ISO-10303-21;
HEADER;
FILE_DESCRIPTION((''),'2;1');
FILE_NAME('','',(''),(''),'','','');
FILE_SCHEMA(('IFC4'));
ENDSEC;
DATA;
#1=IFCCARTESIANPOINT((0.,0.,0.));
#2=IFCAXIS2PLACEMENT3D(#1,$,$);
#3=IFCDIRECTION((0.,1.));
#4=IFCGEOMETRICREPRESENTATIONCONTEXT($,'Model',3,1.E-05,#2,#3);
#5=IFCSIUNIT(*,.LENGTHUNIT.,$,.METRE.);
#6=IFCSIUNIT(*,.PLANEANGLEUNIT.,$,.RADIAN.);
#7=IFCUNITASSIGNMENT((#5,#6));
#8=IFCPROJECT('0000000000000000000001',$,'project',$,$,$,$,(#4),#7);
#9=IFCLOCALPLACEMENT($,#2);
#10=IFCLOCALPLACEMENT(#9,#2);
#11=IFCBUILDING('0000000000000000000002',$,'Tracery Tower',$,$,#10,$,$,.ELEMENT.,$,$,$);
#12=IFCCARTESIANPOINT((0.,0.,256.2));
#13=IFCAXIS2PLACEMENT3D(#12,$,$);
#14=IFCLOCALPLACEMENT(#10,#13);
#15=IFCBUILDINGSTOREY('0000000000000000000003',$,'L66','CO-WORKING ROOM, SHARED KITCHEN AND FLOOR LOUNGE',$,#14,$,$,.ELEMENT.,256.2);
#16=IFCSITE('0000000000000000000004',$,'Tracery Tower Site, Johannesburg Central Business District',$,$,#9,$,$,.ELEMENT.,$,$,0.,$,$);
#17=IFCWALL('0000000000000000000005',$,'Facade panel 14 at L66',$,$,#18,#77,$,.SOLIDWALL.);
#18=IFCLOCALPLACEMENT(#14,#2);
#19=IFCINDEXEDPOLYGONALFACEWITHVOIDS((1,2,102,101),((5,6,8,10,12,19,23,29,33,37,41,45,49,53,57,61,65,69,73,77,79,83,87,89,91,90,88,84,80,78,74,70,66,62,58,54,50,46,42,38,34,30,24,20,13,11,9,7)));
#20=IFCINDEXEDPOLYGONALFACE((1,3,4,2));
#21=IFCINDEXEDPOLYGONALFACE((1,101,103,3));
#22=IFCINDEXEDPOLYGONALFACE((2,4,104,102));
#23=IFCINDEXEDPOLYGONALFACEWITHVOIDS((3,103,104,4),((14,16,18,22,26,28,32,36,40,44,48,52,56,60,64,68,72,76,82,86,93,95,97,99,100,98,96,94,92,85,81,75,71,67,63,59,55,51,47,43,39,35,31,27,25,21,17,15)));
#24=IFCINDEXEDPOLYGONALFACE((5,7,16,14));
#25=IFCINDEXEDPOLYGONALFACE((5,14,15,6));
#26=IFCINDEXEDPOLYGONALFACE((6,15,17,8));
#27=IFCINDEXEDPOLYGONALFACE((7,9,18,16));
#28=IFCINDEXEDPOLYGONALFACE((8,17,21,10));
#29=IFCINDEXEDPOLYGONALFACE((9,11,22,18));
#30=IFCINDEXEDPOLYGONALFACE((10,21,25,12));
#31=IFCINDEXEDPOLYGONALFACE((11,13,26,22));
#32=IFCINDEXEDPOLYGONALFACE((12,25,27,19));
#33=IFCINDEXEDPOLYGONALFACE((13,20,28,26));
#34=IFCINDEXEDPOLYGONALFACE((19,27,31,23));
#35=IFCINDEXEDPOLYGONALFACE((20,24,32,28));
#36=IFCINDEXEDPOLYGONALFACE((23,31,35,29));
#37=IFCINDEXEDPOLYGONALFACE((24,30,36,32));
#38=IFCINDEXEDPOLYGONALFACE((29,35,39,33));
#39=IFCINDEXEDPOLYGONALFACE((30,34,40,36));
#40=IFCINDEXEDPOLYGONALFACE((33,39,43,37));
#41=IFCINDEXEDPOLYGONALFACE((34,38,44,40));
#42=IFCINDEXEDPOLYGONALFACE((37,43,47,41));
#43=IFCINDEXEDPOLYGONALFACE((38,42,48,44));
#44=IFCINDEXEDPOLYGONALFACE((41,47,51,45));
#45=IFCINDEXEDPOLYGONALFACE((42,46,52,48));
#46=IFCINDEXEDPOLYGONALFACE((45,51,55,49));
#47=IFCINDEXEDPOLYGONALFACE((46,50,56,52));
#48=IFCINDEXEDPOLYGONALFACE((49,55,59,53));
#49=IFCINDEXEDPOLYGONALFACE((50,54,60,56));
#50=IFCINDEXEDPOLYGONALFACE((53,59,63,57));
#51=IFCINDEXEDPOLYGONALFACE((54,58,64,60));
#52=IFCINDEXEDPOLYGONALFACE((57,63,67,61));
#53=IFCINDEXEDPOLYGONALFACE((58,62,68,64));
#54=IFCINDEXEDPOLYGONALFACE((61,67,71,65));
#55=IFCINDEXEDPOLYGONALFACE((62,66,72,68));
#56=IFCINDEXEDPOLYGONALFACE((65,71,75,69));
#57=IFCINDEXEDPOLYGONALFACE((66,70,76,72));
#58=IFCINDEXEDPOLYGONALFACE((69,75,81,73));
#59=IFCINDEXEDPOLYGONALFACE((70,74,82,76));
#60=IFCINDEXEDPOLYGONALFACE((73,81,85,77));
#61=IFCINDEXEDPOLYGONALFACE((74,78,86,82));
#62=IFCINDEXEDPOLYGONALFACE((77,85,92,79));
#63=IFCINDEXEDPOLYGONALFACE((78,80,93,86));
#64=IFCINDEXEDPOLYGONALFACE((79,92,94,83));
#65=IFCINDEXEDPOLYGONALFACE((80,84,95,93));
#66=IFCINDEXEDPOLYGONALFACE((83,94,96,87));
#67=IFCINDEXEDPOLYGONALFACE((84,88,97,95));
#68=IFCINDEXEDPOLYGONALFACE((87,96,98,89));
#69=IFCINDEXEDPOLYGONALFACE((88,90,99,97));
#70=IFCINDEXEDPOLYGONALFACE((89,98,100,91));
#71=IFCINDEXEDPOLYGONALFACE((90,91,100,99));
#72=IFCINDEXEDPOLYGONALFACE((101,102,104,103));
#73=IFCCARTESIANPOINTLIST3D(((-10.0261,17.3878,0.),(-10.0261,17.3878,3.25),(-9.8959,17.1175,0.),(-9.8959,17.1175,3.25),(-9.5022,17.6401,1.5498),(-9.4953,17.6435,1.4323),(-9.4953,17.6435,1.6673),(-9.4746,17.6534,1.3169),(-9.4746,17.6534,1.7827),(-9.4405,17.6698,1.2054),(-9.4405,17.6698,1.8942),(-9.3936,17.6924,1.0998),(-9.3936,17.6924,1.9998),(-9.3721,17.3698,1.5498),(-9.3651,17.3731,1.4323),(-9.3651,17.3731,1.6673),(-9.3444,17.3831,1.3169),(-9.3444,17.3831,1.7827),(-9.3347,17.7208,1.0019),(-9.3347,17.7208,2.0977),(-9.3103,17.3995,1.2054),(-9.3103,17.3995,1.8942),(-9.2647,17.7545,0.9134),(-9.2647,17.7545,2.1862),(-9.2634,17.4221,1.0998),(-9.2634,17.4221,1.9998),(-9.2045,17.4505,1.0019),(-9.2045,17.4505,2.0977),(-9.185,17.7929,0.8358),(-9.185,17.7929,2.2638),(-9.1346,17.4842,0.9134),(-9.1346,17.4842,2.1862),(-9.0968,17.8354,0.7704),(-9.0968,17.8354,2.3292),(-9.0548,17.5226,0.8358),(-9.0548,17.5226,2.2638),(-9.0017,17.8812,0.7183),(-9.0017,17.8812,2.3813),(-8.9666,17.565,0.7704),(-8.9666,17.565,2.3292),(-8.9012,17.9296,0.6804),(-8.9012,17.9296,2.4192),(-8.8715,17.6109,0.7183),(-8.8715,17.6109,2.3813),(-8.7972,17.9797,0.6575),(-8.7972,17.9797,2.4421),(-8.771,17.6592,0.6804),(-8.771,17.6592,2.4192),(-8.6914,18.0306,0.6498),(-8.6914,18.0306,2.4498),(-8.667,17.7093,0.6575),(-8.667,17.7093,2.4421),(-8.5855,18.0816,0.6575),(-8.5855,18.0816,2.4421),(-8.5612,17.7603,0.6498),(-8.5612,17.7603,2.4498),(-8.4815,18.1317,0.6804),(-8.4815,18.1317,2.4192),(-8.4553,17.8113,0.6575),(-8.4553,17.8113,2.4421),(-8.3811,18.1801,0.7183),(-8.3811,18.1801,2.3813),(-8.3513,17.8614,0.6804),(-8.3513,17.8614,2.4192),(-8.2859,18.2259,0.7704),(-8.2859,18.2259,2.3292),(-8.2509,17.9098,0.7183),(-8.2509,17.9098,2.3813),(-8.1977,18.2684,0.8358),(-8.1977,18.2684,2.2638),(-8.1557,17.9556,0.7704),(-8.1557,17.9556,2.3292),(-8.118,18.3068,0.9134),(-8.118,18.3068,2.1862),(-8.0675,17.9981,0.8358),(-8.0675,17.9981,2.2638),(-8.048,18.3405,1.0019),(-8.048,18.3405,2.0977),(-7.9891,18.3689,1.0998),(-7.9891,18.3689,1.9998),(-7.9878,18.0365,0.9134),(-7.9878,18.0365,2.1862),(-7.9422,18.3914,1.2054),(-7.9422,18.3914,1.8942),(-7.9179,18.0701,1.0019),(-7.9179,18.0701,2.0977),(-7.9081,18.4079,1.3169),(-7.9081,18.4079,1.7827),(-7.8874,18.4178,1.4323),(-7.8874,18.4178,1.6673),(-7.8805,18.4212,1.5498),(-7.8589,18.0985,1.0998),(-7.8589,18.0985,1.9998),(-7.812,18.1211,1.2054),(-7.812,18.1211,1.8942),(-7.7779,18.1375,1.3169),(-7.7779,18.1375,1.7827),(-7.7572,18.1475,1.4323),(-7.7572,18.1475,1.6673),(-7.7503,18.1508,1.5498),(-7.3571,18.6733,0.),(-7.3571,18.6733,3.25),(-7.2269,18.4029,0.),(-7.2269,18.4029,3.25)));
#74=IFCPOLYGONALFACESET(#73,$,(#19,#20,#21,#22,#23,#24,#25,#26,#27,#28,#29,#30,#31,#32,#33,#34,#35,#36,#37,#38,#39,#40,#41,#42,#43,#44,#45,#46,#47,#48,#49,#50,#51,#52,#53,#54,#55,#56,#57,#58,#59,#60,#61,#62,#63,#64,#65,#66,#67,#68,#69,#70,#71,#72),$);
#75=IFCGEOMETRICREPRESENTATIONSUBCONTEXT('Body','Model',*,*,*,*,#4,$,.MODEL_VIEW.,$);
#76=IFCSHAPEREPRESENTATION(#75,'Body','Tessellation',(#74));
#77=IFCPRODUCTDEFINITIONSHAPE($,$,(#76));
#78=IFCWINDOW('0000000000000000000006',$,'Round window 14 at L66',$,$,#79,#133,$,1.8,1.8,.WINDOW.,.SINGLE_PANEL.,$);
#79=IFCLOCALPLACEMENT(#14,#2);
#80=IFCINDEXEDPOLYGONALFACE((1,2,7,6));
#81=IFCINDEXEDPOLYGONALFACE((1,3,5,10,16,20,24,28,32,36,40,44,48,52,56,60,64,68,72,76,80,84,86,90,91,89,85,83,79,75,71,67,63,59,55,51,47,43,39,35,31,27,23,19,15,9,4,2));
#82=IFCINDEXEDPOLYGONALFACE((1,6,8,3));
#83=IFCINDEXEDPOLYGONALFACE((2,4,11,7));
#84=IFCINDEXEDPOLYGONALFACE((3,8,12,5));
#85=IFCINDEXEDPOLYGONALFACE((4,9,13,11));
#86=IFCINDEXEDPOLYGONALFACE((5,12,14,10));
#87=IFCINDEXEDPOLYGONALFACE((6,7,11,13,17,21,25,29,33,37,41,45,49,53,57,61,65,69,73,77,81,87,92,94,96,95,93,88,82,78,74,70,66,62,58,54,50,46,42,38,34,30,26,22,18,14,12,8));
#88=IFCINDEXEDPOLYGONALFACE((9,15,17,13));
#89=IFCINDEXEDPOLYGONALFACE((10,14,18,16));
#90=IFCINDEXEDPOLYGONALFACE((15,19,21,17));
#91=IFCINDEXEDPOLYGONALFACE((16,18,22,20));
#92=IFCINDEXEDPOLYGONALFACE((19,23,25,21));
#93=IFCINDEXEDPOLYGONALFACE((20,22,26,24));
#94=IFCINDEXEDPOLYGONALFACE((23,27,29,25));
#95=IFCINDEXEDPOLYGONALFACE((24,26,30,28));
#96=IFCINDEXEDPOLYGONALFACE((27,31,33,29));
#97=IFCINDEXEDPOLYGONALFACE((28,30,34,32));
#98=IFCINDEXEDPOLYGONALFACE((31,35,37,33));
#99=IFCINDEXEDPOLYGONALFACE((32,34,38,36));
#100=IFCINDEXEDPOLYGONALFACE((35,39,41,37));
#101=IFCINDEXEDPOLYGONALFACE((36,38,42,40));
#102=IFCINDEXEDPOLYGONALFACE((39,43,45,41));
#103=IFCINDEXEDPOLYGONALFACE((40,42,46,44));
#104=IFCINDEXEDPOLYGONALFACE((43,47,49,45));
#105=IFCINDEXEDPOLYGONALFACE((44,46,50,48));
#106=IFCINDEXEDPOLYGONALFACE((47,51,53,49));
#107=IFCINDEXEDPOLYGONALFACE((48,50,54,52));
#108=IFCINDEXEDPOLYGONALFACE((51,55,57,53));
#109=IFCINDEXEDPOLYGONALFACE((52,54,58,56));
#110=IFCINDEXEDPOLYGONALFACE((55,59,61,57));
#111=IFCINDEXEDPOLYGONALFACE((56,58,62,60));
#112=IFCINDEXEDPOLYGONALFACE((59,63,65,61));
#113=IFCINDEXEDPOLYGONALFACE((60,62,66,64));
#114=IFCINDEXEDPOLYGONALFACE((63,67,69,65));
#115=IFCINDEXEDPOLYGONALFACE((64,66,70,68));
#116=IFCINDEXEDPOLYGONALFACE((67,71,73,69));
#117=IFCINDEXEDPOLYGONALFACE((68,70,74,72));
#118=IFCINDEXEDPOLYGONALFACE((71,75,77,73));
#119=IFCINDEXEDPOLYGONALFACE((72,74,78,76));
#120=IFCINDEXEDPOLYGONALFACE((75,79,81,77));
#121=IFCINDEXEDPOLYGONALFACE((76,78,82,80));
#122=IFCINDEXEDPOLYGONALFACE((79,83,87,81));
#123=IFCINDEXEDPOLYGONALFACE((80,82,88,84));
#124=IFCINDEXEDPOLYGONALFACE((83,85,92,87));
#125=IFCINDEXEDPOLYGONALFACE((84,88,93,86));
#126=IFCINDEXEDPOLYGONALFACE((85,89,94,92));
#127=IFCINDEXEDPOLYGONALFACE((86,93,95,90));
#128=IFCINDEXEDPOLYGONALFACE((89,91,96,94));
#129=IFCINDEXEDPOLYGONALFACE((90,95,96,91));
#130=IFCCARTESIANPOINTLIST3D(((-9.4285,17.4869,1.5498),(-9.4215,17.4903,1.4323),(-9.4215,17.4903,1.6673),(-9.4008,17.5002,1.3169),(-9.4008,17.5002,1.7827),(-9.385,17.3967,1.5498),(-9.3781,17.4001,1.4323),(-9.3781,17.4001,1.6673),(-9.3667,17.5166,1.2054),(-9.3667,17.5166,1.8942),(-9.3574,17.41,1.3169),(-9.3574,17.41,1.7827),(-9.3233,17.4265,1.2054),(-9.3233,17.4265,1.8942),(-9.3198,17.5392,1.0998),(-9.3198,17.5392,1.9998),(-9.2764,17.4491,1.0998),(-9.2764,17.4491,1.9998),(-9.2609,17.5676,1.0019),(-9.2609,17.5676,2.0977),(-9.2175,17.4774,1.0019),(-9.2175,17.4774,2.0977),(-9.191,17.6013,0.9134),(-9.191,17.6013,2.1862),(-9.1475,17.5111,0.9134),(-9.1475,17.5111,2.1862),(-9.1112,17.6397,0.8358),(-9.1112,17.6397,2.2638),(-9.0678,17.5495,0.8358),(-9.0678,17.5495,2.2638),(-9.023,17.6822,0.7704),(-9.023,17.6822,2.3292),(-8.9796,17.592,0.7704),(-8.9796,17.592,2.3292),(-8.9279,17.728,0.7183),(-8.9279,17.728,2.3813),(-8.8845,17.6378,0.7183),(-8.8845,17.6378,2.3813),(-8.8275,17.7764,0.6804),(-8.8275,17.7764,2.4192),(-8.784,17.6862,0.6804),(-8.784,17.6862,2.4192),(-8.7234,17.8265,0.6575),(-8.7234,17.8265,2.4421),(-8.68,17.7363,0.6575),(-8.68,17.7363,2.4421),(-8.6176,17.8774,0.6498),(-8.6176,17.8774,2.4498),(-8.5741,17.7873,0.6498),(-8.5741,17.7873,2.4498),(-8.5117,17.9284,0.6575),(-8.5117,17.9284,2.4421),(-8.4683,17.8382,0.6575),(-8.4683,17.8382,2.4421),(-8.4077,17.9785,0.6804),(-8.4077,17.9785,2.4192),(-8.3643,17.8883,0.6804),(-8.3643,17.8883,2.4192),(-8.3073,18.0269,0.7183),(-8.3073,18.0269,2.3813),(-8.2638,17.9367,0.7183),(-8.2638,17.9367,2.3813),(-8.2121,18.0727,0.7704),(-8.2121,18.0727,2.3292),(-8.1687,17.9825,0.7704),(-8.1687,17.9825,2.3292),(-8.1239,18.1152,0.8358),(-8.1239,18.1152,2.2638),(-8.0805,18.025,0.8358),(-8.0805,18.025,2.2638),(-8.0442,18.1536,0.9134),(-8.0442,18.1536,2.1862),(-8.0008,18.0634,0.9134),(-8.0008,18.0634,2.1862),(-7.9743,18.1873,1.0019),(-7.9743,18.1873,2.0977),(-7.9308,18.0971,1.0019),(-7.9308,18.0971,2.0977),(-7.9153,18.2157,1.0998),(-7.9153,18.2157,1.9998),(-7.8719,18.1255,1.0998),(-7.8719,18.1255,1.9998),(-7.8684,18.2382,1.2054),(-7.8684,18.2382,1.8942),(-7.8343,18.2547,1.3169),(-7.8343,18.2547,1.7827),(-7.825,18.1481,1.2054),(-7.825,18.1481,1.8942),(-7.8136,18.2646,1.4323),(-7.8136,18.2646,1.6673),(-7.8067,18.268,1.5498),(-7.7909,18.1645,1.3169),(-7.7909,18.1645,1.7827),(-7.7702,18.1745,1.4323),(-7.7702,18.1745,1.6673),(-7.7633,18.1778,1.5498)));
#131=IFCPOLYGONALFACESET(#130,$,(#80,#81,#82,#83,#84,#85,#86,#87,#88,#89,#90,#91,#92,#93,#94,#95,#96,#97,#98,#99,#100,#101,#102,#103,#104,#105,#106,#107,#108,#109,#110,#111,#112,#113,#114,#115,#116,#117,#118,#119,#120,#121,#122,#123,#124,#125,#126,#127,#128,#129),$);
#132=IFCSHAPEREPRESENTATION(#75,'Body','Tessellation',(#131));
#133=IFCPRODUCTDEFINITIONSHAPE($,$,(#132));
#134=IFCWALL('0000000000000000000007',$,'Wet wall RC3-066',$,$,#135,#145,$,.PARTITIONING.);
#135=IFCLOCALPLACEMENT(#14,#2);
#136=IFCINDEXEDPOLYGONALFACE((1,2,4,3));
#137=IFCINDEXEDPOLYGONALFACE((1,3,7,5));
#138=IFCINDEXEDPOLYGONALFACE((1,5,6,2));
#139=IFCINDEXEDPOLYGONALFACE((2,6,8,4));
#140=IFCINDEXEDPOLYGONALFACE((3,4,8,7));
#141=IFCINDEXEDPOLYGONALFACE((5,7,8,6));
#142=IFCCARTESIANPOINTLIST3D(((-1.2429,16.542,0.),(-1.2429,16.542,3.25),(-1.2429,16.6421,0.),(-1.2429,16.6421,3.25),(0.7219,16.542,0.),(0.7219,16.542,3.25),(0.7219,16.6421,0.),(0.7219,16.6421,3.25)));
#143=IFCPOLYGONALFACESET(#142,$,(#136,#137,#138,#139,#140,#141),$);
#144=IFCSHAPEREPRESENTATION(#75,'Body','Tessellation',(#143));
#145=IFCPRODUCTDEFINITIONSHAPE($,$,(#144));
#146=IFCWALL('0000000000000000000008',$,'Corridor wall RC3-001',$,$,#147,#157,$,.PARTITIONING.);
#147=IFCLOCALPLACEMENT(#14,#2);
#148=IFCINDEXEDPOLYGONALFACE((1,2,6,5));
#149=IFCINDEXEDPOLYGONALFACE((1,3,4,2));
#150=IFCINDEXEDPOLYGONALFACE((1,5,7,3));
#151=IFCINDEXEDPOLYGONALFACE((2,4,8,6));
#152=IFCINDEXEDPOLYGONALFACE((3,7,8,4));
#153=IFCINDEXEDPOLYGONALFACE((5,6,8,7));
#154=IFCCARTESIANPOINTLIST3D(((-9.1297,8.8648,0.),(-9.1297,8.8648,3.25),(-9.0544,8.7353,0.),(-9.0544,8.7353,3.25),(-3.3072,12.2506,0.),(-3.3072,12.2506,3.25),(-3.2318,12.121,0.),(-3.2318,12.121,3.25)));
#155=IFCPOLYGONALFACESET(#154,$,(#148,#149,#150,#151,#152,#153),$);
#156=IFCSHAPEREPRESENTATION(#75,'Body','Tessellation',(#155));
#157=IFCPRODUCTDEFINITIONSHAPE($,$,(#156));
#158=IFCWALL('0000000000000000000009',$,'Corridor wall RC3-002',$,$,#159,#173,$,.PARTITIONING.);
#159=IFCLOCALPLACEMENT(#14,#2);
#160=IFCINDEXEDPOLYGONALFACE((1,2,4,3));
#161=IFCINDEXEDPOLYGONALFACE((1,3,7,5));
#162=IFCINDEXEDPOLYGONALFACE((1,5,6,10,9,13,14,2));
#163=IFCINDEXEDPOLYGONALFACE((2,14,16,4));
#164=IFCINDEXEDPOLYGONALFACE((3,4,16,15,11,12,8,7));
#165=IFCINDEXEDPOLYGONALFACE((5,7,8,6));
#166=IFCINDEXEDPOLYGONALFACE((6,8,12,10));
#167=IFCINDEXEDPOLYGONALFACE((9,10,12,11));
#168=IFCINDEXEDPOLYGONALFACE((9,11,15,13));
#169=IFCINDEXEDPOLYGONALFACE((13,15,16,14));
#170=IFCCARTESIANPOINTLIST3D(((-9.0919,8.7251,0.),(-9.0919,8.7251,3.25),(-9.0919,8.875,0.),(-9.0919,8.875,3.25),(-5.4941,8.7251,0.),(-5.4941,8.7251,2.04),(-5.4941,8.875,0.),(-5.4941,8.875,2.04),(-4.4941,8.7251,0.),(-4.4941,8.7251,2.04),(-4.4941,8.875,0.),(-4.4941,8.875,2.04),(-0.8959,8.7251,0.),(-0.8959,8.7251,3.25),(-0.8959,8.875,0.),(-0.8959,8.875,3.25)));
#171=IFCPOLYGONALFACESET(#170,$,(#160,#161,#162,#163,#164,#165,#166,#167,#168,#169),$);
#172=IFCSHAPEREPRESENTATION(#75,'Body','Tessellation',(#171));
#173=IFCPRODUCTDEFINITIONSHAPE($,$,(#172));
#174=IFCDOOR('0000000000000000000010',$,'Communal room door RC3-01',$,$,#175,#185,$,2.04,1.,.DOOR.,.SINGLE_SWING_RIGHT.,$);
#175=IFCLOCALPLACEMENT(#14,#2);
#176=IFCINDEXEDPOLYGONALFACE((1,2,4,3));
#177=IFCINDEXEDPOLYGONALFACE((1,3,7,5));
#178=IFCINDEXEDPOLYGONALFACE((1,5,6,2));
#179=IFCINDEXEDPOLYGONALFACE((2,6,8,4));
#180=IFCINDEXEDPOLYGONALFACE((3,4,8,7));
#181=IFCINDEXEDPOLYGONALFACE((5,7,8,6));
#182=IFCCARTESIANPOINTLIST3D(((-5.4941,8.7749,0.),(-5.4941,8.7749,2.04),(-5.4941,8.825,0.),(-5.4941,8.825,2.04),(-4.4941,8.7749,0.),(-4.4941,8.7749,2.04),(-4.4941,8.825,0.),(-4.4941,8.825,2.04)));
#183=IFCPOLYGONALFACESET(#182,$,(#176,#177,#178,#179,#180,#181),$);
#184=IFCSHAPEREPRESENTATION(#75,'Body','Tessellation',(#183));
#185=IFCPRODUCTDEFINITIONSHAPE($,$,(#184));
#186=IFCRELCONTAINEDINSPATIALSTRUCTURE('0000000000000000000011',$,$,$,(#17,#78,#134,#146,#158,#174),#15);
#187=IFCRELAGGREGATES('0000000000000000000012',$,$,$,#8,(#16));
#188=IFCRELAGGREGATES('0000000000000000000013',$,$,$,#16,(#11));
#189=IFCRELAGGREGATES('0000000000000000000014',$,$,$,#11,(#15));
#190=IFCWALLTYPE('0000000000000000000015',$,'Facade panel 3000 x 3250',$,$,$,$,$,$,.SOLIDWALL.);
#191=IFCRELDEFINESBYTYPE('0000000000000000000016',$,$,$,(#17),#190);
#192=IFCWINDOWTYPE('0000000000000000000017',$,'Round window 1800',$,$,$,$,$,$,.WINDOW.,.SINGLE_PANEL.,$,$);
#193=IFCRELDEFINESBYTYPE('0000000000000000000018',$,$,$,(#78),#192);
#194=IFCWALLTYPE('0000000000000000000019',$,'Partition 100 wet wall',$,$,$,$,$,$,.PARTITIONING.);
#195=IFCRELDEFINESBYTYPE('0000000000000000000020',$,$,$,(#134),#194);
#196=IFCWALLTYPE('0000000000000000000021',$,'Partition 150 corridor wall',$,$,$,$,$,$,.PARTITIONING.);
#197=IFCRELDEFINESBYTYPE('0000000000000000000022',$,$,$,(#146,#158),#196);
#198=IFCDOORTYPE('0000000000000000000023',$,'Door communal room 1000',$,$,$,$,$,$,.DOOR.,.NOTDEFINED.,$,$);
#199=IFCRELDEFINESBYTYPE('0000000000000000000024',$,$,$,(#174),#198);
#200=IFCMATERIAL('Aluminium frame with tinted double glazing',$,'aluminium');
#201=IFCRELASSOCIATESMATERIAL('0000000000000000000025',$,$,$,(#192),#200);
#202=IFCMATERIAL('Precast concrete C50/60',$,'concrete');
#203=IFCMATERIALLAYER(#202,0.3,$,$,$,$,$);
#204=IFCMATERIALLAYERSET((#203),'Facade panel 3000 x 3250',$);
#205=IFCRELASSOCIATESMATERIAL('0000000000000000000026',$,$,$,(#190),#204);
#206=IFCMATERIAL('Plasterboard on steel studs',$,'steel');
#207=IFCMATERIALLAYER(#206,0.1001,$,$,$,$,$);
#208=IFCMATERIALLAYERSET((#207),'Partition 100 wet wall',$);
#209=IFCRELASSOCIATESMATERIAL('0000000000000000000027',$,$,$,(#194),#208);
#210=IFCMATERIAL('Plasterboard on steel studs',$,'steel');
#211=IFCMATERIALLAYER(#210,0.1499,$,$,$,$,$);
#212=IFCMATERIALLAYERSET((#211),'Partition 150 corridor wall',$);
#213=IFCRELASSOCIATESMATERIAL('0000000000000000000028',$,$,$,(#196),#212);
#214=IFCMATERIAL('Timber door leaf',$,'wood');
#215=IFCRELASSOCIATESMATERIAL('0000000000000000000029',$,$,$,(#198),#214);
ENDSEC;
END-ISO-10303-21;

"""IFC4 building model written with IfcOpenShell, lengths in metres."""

from ifc_helpers import new_model, si_unit, direction, frame, frame_2d, origin, origin_2d, place, context, subcontext, project, spatial, rectangle, circle, extrude, material, layer, layer_set, type_object, element, fill, save


model = new_model("IFC4")

# Units and contexts
model_context = context("Model", 3, precision=1e-05, world=origin(), true_north=direction((0.0, 1.0)))
body_context = subcontext(model_context, "Body", "Model", "MODEL_VIEW")
ifc_project = project(units=[si_unit("LENGTHUNIT", "METRE"), si_unit("PLANEANGLEUNIT", "RADIAN")], contexts=[model_context])

# Site, building, storey
site_placement = place(None, origin())
site = spatial("IfcSite", under=ifc_project, at=site_placement, Name="Tracery Tower Site, Johannesburg Central Business District", CompositionType="ELEMENT", RefElevation=0.0)
building_placement = place(site_placement, origin())
building = spatial("IfcBuilding", under=site, at=building_placement, Name="Tracery Tower", CompositionType="ELEMENT")
storey_placement = place(building_placement, frame((0.0, 0.0, 256.2)))
storey = spatial("IfcBuildingStorey", under=building, at=storey_placement, Name="L66", Description="CO-WORKING ROOM, SHARED KITCHEN AND FLOOR LOUNGE", CompositionType="ELEMENT", Elevation=256.2)

# Wall, opening, window
ifc_material_1 = material(Name="Aluminium frame with tinted double glazing", Category="aluminium")
window_type = type_object("IfcWindowType", Name="Round window 1800", PartitioningType="SINGLE_PANEL", PredefinedType="WINDOW", material=ifc_material_1)
ifc_material_2 = material(Name="Precast concrete C50/60", Category="concrete")
ifc_layer_1 = layer(ifc_material_2, 0.3)
ifc_layer_set_1 = layer_set([ifc_layer_1], Name="Facade panel 3000 x 3250")
wall_type_1 = type_object("IfcWallType", Name="Facade panel 3000 x 3250", PredefinedType="SOLIDWALL", material=ifc_layer_set_1)
wall_1_placement = place(storey_placement, frame((-7.292, 18.5381, 0.0), z_axis=(0.0, 0.0, 1.0), x_axis=(-0.900955, -0.433912, 0.0)))
wall_1 = element("IfcWall", 1, at=wall_1_placement, inside=storey, type_object=wall_type_1, Name="Facade panel 14 at L66", PredefinedType="SOLIDWALL", context=body_context, shape_type="SweptSolid", body=[
    extrude(rectangle(XDim=2.9624, YDim=0.3, at=frame_2d((1.4812, 0.0))), origin(), (0.0, 0.0, 1.0), 3.25),
])
opening_1_placement = place(wall_1_placement, frame((1.481, 0.0, 1.5498)))
opening_1 = element("IfcOpeningElement", 2, at=opening_1_placement, cuts=wall_1, PredefinedType="OPENING", context=body_context, shape_type="SweptSolid", body=[
    extrude(circle(Radius=0.9, at=origin_2d()), frame((0.0, 0.1599, 0.0), z_axis=(0.0, -1.0, 0.0), x_axis=(1.0, 0.0, 0.0)), (0.0, 0.0, 1.0), 0.3201),
])
window_1_placement = place(opening_1_placement, origin())
window_1 = element("IfcWindow", 3, at=window_1_placement, inside=storey, type_object=window_type, Name="Round window 14 at L66", OverallHeight=1.8, OverallWidth=1.8, PartitioningType="SINGLE_PANEL", PredefinedType="WINDOW", context=body_context, shape_type="SweptSolid", body=[
    extrude(circle(Radius=0.9, at=origin_2d()), frame((0.0, 0.1201, 0.0), z_axis=(0.0, -1.0, 0.0), x_axis=(1.0, 0.0, 0.0)), (0.0, 0.0, 1.0), 0.1001),
])
fill(opening_1, window_1)

# Walls
ifc_material_3 = material(Name="Plasterboard on steel studs", Category="steel")
ifc_layer_2 = layer(ifc_material_3, 0.1001)
ifc_layer_set_2 = layer_set([ifc_layer_2], Name="Partition 100 wet wall")
wall_type_2 = type_object("IfcWallType", Name="Partition 100 wet wall", PredefinedType="PARTITIONING", material=ifc_layer_set_2)
wall_2_placement = place(storey_placement, frame((-1.2429, 16.592, 0.0), z_axis=(0.0, 0.0, 1.0), x_axis=(1.0, 0.0, 0.0)))
element("IfcWall", 4, at=wall_2_placement, inside=storey, type_object=wall_type_2, Name="Wet wall RC3-066", PredefinedType="PARTITIONING", context=body_context, shape_type="SweptSolid", body=[
    extrude(rectangle(XDim=1.9648, YDim=0.1001, at=frame_2d((0.9824, 0.0))), origin(), (0.0, 0.0, 1.0), 3.25),
])
ifc_material_4 = material(Name="Plasterboard on steel studs", Category="steel")
ifc_layer_3 = layer(ifc_material_4, 0.1499)
ifc_layer_set_3 = layer_set([ifc_layer_3], Name="Partition 150 corridor wall")
wall_type_3 = type_object("IfcWallType", Name="Partition 150 corridor wall", PredefinedType="PARTITIONING", material=ifc_layer_set_3)
wall_3_placement = place(storey_placement, frame((-9.092, 8.8, 0.0), z_axis=(0.0, 0.0, 1.0), x_axis=(0.864471, 0.502683, 0.0)))
element("IfcWall", 5, at=wall_3_placement, inside=storey, type_object=wall_type_3, Name="Corridor wall RC3-001", PredefinedType="PARTITIONING", context=body_context, shape_type="SweptSolid", body=[
    extrude(rectangle(XDim=6.7354, YDim=0.1499, at=frame_2d((3.3677, 0.0))), origin(), (0.0, 0.0, 1.0), 3.25),
])

# Wall, opening, door
wall_4_placement = place(storey_placement, frame((-9.092, 8.8, 0.0), z_axis=(0.0, 0.0, 1.0), x_axis=(1.0, 0.0, 0.0)))
wall_4 = element("IfcWall", 6, at=wall_4_placement, inside=storey, type_object=wall_type_3, Name="Corridor wall RC3-002", PredefinedType="PARTITIONING", context=body_context, shape_type="SweptSolid", body=[
    extrude(rectangle(XDim=8.196, YDim=0.1499, at=frame_2d((4.0981, 0.0))), origin(), (0.0, 0.0, 1.0), 3.25),
])
opening_2_placement = place(wall_4_placement, frame((3.5979, 0.0, 0.0)))
opening_2 = element("IfcOpeningElement", 7, at=opening_2_placement, cuts=wall_4, PredefinedType="OPENING", context=body_context, shape_type="SweptSolid", body=[
    extrude(rectangle(XDim=1.0, YDim=2.04, at=frame_2d((0.5, 1.02))), frame((0.0, 0.075, 0.0), z_axis=(0.0, -1.0, 0.0), x_axis=(1.0, 0.0, 0.0)), (0.0, 0.0, 1.0), 0.1499),
])
ifc_material_5 = material(Name="Timber door leaf", Category="wood")
door_type_1 = type_object("IfcDoorType", Name="Door communal room 1000", OperationType="NOTDEFINED", PredefinedType="DOOR", material=ifc_material_5)
door_1_placement = place(opening_2_placement, origin())
door_1 = element("IfcDoor", 8, at=door_1_placement, inside=storey, type_object=door_type_1, Name="Communal room door RC3-01", OperationType="SINGLE_SWING_RIGHT", OverallHeight=2.04, OverallWidth=1.0, PredefinedType="DOOR", context=body_context, shape_type="SweptSolid", body=[
    extrude(rectangle(XDim=1.0, YDim=2.04, at=frame_2d((0.5, 1.02))), frame((0.0, 0.0249, 0.0), z_axis=(0.0, -1.0, 0.0), x_axis=(1.0, 0.0, 0.0)), (0.0, 0.0, 1.0), 0.05),
])
fill(opening_2, door_1)

save(model, "model.ifc")
